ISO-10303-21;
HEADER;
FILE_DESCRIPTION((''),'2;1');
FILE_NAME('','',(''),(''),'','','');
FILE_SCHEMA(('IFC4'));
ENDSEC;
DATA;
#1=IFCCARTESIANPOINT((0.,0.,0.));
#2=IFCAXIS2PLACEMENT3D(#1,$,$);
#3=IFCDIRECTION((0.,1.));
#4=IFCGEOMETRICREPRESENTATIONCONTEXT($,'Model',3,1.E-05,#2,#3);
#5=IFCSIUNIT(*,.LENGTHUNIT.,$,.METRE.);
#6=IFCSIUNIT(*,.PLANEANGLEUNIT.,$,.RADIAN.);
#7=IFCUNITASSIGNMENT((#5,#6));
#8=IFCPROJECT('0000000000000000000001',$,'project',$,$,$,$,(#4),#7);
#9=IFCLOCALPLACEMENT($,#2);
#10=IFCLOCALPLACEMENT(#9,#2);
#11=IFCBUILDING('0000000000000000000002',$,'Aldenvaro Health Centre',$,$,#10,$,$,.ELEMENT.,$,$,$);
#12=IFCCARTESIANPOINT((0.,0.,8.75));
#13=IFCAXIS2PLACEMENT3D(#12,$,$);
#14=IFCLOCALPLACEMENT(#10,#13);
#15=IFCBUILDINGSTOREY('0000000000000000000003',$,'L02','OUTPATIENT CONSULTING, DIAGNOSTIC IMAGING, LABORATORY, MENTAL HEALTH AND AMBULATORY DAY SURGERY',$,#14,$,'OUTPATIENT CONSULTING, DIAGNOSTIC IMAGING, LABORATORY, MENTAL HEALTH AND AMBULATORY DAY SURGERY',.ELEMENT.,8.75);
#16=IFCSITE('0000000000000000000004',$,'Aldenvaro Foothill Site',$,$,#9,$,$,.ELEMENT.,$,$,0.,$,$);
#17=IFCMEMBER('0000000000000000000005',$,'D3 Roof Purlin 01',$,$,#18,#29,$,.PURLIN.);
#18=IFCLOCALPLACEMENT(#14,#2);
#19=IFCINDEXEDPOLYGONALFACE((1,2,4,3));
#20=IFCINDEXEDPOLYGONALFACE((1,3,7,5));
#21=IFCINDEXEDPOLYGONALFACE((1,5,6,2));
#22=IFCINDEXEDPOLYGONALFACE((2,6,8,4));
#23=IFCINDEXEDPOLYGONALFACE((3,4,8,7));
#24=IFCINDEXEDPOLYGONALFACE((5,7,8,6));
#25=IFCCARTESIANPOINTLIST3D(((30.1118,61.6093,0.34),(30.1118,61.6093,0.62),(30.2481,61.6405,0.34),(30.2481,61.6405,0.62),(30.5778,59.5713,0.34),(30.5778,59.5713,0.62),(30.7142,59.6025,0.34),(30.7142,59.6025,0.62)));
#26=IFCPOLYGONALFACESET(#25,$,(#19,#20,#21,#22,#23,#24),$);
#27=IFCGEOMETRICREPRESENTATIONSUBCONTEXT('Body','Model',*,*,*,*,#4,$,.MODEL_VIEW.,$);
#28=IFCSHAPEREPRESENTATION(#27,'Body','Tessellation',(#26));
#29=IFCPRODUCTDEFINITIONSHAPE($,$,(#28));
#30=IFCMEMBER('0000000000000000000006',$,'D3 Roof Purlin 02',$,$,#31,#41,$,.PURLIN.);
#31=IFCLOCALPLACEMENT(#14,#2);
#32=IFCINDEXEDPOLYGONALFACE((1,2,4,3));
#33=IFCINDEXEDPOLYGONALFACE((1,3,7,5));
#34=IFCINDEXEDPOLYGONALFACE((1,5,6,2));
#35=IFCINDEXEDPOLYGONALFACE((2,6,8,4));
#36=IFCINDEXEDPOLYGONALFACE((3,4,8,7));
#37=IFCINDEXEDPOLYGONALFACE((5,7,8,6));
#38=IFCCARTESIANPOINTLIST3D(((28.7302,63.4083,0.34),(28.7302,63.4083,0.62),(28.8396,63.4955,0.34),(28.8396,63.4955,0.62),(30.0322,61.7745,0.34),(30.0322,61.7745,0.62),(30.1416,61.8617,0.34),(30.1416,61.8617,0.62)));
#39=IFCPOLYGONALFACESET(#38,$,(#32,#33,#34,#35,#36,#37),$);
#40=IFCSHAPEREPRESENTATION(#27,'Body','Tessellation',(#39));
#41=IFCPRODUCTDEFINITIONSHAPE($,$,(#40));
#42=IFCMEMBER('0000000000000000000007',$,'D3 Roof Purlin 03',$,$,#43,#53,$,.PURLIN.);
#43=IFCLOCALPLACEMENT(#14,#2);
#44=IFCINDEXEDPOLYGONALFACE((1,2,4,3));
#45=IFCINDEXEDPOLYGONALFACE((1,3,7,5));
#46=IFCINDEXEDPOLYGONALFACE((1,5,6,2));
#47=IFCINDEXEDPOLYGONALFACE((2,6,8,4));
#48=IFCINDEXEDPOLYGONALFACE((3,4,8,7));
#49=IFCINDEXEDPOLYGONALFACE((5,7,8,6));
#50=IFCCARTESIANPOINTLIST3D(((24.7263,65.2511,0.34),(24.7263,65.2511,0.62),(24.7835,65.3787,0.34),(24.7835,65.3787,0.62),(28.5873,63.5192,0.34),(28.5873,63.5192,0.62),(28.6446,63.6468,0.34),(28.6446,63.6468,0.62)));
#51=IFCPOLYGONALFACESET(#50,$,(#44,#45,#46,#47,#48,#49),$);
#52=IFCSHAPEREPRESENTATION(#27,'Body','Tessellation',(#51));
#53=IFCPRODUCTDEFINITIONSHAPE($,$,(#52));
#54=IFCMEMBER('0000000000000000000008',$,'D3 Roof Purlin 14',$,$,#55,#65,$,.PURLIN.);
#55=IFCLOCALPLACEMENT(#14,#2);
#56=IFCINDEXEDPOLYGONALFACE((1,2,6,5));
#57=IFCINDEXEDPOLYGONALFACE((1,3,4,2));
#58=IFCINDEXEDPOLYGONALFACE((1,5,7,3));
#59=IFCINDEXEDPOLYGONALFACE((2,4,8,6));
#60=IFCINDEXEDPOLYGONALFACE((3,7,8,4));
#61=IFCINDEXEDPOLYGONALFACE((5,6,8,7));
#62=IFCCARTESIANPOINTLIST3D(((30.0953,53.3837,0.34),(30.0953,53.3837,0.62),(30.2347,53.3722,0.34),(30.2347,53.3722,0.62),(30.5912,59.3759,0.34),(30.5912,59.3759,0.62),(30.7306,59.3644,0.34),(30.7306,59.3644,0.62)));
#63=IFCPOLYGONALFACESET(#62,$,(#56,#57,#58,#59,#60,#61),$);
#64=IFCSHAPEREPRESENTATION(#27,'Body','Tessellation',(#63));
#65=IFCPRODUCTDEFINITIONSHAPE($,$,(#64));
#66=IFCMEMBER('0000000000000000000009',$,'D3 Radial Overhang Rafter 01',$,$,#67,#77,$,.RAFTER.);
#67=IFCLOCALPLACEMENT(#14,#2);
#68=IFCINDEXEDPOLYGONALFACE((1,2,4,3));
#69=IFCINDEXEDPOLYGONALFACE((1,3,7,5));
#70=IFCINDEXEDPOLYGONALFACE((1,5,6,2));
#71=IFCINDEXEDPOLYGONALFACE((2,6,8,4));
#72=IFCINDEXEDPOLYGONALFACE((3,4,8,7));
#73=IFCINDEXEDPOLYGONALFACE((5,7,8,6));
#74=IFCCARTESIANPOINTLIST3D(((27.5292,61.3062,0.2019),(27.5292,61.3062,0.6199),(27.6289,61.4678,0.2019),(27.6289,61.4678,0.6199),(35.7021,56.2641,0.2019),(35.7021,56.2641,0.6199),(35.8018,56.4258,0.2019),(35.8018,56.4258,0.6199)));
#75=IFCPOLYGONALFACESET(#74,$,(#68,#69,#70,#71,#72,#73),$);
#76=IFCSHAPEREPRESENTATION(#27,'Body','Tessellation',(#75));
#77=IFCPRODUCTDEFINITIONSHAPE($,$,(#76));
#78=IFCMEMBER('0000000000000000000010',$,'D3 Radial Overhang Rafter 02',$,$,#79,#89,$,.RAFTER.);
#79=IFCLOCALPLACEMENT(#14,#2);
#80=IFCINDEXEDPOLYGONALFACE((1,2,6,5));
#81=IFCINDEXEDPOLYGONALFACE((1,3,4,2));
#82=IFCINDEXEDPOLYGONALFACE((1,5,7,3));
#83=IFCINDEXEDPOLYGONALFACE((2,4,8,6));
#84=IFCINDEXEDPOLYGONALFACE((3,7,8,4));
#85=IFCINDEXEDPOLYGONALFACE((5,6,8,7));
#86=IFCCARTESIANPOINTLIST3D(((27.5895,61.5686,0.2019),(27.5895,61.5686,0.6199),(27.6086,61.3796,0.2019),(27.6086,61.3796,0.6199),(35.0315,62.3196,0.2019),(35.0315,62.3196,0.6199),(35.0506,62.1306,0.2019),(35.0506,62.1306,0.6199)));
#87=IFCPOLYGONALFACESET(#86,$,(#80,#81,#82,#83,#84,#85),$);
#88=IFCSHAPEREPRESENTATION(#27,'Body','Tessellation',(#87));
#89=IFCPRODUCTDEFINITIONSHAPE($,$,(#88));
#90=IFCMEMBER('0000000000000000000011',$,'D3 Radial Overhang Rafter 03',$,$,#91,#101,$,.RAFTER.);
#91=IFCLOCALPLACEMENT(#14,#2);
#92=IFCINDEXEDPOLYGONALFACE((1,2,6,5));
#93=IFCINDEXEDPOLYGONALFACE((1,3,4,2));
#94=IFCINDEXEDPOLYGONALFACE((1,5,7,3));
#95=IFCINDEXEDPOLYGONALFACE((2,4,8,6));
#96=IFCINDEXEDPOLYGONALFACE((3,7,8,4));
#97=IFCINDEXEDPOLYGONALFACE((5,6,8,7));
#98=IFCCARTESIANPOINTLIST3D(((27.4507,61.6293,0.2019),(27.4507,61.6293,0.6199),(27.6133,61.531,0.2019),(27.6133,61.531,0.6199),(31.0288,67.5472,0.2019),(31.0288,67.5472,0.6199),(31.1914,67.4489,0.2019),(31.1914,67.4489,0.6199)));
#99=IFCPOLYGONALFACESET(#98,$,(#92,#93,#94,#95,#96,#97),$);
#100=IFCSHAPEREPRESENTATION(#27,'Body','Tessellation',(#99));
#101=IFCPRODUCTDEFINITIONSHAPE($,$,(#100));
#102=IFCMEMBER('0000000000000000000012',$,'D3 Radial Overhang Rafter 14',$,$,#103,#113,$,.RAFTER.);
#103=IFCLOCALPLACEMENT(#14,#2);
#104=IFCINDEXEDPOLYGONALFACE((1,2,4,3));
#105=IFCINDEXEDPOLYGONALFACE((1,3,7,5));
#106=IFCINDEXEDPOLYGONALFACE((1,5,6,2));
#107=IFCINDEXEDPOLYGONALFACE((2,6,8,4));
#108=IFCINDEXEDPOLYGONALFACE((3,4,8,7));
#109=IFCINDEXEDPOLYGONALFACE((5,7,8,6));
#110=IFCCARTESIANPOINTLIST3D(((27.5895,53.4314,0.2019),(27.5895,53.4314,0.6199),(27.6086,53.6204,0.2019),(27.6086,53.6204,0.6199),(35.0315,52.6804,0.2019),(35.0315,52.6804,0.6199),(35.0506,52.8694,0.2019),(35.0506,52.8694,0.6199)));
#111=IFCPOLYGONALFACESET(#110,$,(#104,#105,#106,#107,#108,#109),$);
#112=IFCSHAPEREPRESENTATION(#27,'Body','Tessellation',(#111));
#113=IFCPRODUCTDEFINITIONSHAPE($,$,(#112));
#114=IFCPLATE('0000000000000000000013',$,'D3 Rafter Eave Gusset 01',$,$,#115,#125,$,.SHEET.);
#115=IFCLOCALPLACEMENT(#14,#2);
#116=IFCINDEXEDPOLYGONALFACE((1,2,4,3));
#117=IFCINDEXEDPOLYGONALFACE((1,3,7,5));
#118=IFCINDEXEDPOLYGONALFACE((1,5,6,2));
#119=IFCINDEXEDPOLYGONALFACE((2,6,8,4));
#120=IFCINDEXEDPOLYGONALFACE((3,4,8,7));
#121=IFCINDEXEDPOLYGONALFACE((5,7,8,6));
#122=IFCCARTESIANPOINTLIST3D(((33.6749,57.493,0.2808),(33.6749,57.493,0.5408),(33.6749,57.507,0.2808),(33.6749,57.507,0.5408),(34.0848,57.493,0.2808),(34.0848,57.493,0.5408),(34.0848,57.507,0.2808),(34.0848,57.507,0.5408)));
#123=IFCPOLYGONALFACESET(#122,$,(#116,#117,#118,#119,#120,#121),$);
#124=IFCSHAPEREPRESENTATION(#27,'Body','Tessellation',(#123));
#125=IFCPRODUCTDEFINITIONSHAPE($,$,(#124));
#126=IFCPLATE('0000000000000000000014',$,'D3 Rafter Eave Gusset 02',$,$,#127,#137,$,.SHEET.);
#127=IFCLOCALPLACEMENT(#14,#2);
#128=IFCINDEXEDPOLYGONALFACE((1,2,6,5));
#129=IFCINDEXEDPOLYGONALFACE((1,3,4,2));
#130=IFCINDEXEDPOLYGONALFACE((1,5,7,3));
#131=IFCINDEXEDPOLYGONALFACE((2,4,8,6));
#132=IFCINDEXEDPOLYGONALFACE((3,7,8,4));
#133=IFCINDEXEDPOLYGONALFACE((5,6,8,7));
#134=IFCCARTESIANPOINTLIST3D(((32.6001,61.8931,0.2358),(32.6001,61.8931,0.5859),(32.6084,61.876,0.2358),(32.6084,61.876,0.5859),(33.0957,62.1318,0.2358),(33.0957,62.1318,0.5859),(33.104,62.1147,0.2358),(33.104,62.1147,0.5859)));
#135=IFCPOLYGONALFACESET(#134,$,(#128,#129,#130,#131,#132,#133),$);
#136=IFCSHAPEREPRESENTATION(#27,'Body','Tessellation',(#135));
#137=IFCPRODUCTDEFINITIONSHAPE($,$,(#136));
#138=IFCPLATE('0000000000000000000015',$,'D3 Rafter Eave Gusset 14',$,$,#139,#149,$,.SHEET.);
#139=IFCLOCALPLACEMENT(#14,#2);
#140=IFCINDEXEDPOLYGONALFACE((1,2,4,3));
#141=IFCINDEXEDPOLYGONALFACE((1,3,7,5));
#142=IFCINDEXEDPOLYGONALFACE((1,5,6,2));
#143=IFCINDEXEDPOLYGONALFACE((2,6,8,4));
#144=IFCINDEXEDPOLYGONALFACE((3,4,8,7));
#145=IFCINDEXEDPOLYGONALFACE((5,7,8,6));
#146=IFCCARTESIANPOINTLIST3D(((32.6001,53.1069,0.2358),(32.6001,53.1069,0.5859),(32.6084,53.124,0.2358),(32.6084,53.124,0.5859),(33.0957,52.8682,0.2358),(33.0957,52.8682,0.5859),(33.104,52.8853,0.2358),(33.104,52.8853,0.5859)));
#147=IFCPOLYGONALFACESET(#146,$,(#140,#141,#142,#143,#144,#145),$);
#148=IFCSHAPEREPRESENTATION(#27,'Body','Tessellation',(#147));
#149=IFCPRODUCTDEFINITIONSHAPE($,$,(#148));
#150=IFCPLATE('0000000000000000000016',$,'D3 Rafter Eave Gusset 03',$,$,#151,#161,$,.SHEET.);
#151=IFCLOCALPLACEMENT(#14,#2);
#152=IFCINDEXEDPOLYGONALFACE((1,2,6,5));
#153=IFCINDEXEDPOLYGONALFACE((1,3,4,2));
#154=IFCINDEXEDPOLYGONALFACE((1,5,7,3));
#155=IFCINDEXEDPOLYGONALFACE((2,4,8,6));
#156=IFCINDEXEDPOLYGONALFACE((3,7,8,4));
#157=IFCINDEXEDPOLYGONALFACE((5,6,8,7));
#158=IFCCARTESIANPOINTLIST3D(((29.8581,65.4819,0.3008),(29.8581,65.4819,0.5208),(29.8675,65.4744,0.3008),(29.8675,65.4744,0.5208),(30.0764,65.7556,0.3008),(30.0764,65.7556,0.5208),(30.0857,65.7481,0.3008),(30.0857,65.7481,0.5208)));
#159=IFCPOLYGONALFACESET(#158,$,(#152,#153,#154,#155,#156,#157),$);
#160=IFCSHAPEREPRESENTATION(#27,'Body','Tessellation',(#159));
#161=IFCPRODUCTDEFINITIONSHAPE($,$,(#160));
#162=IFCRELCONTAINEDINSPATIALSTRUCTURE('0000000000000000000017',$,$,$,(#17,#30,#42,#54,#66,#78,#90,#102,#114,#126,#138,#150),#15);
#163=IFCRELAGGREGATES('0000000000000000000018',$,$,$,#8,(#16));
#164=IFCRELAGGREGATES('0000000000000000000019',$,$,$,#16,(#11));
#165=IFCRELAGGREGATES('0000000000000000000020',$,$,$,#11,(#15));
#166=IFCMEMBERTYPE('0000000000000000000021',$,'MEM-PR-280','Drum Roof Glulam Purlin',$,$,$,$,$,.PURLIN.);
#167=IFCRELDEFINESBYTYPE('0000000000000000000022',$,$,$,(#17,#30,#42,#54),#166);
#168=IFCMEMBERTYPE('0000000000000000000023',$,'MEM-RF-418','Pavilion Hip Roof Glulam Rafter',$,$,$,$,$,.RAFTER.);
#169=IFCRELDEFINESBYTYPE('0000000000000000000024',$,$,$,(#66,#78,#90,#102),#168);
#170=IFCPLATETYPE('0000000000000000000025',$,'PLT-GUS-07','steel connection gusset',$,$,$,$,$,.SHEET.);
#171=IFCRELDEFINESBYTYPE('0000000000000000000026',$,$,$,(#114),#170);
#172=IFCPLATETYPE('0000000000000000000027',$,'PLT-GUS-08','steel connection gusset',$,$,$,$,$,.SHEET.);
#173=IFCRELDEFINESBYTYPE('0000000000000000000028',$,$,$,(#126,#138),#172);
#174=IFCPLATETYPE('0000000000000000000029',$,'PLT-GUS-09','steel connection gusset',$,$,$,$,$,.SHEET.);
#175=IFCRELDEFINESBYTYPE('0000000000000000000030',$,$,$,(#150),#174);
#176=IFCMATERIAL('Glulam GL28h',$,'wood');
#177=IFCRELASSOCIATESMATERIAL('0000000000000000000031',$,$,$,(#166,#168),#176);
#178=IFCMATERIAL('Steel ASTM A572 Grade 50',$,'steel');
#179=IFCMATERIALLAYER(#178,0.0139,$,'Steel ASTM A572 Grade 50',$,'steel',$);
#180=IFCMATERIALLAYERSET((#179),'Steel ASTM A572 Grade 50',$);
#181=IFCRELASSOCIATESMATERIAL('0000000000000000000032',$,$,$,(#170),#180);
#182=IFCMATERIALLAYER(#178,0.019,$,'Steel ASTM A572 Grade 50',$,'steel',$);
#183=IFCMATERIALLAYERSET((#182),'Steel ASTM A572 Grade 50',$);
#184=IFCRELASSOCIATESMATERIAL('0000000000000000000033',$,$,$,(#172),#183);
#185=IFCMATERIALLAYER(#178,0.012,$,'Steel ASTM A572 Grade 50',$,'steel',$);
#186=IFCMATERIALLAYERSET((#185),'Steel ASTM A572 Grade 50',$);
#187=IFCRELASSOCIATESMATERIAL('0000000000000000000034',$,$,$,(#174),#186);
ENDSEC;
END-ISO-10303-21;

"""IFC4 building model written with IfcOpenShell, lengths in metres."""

from ifc_helpers import new_model, si_unit, direction, frame, origin, origin_2d, place, context, subcontext, project, spatial, rectangle, extrude, material, layer, layer_set, material_profile, profile_set, type_object, element, save


model = new_model("IFC4")

# Units and contexts
model_context = context("Model", 3, precision=1e-05, world=origin(), true_north=direction((0.0, 1.0)))
body_context = subcontext(model_context, "Body", "Model", "MODEL_VIEW")
ifc_project = project(units=[si_unit("LENGTHUNIT", "METRE"), si_unit("PLANEANGLEUNIT", "RADIAN")], contexts=[model_context])

# Site, building, storey
site_placement = place(None, origin())
site = spatial("IfcSite", under=ifc_project, at=site_placement, Name="Aldenvaro Foothill Site", CompositionType="ELEMENT", RefElevation=0.0)
building_placement = place(site_placement, origin())
building = spatial("IfcBuilding", under=site, at=building_placement, Name="Aldenvaro Health Centre", CompositionType="ELEMENT")
storey_placement = place(building_placement, frame((0.0, 0.0, 8.75)))
storey = spatial("IfcBuildingStorey", under=building, at=storey_placement, Name="L02", Description="OUTPATIENT CONSULTING, DIAGNOSTIC IMAGING, LABORATORY, MENTAL HEALTH AND AMBULATORY DAY SURGERY", LongName="OUTPATIENT CONSULTING, DIAGNOSTIC IMAGING, LABORATORY, MENTAL HEALTH AND AMBULATORY DAY SURGERY", CompositionType="ELEMENT", Elevation=8.75)

# Shared definitions
ifc_material_1 = material(Name="Glulam GL28h", Category="wood")

# Members
ifc_material_profile_1 = material_profile(ifc_material_1, rectangle(XDim=0.1399, YDim=0.28, at=origin_2d()), Name="GL 140x280", Category="wood")
ifc_profile_set_1 = profile_set([ifc_material_profile_1], Name="Glulam GL28h")
member_type_1 = type_object("IfcMemberType", Name="MEM-PR-280", Description="Drum Roof Glulam Purlin", PredefinedType="PURLIN", material=ifc_profile_set_1)
member_1_placement = place(storey_placement, frame((30.646, 59.5869, 0.48), z_axis=(-0.222923, 0.974836, 0.0), x_axis=(-0.974836, -0.222923, 0.0)))
element("IfcMember", 1, at=member_1_placement, inside=storey, type_object=member_type_1, Name="D3 Roof Purlin 01", PredefinedType="PURLIN", context=body_context, shape_type="SweptSolid", body=[
    extrude(rectangle(XDim=0.1399, YDim=0.28, at=origin_2d()), origin(), (0.0, 0.0, 1.0), 2.0906),
])
member_2_placement = place(storey_placement, frame((30.0869, 61.8181, 0.48), z_axis=(-0.623226, 0.782042, 0.0), x_axis=(-0.782042, -0.623226, 0.0)))
element("IfcMember", 2, at=member_2_placement, inside=storey, type_object=member_type_1, Name="D3 Roof Purlin 02", PredefinedType="PURLIN", context=body_context, shape_type="SweptSolid", body=[
    extrude(rectangle(XDim=0.1399, YDim=0.28, at=origin_2d()), origin(), (0.0, 0.0, 1.0), 2.0891),
])
member_3_placement = place(storey_placement, frame((28.616, 63.583, 0.48), z_axis=(-0.912412, 0.409273, 0.0), x_axis=(-0.409273, -0.912412, 0.0)))
element("IfcMember", 3, at=member_3_placement, inside=storey, type_object=member_type_1, Name="D3 Roof Purlin 03", PredefinedType="PURLIN", context=body_context, shape_type="SweptSolid", body=[
    extrude(rectangle(XDim=0.1399, YDim=0.28, at=origin_2d()), origin(), (0.0, 0.0, 1.0), 4.2317),
])
member_4_placement = place(storey_placement, frame((30.165, 53.3779, 0.48), z_axis=(0.082467, 0.996594, 0.0), x_axis=(-0.996594, 0.082467, 0.0)))
element("IfcMember", 4, at=member_4_placement, inside=storey, type_object=member_type_1, Name="D3 Roof Purlin 14", PredefinedType="PURLIN", context=body_context, shape_type="SweptSolid", body=[
    extrude(rectangle(XDim=0.1399, YDim=0.28, at=origin_2d()), origin(), (0.0, 0.0, 1.0), 6.0127),
])
ifc_material_profile_2 = material_profile(ifc_material_1, rectangle(XDim=0.1899, YDim=0.418, at=origin_2d()), Name="GL 190x418", Category="wood")
ifc_profile_set_2 = profile_set([ifc_material_profile_2], Name="Glulam GL28h")
member_type_2 = type_object("IfcMemberType", Name="MEM-RF-418", Description="Pavilion Hip Roof Glulam Rafter", PredefinedType="RAFTER", material=ifc_profile_set_2)
member_5_placement = place(storey_placement, frame((35.752, 56.345, 0.4109), z_axis=(-0.851075, 0.525045, 0.0), x_axis=(-0.525045, -0.851075, 0.0)))
element("IfcMember", 5, at=member_5_placement, inside=storey, type_object=member_type_2, Name="D3 Radial Overhang Rafter 01", PredefinedType="RAFTER", context=body_context, shape_type="SweptSolid", body=[
    extrude(rectangle(XDim=0.1899, YDim=0.418, at=origin_2d()), origin(), (0.0, 0.0, 1.0), 9.603),
])
member_6_placement = place(storey_placement, frame((35.041, 62.2251, 0.4109), z_axis=(-0.994947, -0.100402, 0.0), x_axis=(0.100402, -0.994947, 0.0)))
element("IfcMember", 6, at=member_6_placement, inside=storey, type_object=member_type_2, Name="D3 Radial Overhang Rafter 02", PredefinedType="RAFTER", context=body_context, shape_type="SweptSolid", body=[
    extrude(rectangle(XDim=0.1899, YDim=0.418, at=origin_2d()), origin(), (0.0, 0.0, 1.0), 7.4797),
])
member_7_placement = place(storey_placement, frame((31.1101, 67.498, 0.4109), z_axis=(-0.5174, -0.855744, 0.0), x_axis=(0.855744, -0.5174, 0.0)))
element("IfcMember", 7, at=member_7_placement, inside=storey, type_object=member_type_2, Name="D3 Radial Overhang Rafter 03", PredefinedType="RAFTER", context=body_context, shape_type="SweptSolid", body=[
    extrude(rectangle(XDim=0.1899, YDim=0.418, at=origin_2d()), origin(), (0.0, 0.0, 1.0), 6.9155),
])
member_8_placement = place(storey_placement, frame((35.041, 52.7749, 0.4109), z_axis=(-0.994947, 0.100402, 0.0), x_axis=(-0.100402, -0.994947, 0.0)))
element("IfcMember", 8, at=member_8_placement, inside=storey, type_object=member_type_2, Name="D3 Radial Overhang Rafter 14", PredefinedType="RAFTER", context=body_context, shape_type="SweptSolid", body=[
    extrude(rectangle(XDim=0.1899, YDim=0.418, at=origin_2d()), origin(), (0.0, 0.0, 1.0), 7.4797),
])

# Plates
ifc_material_2 = material(Name="Steel ASTM A572 Grade 50", Category="steel")
ifc_layer_1 = layer(ifc_material_2, 0.0139, Name="Steel ASTM A572 Grade 50", Category="steel")
ifc_layer_set_1 = layer_set([ifc_layer_1], Name="Steel ASTM A572 Grade 50")
plate_type_1 = type_object("IfcPlateType", Name="PLT-GUS-07", Description="steel connection gusset", PredefinedType="SHEET", material=ifc_layer_set_1)
plate_1_placement = place(storey_placement, frame((33.8799, 57.5, 0.2808), z_axis=(0.0, 0.0, 1.0), x_axis=(1.0, 0.0, 0.0)))
element("IfcPlate", 9, at=plate_1_placement, inside=storey, type_object=plate_type_1, Name="D3 Rafter Eave Gusset 01", PredefinedType="SHEET", context=body_context, shape_type="SweptSolid", body=[
    extrude(rectangle(XDim=0.4099, YDim=0.0139, at=origin_2d()), origin(), (0.0, 0.0, 1.0), 0.26),
])
ifc_layer_2 = layer(ifc_material_2, 0.019, Name="Steel ASTM A572 Grade 50", Category="steel")
ifc_layer_set_2 = layer_set([ifc_layer_2], Name="Steel ASTM A572 Grade 50")
plate_type_2 = type_object("IfcPlateType", Name="PLT-GUS-08", Description="steel connection gusset", PredefinedType="SHEET", material=ifc_layer_set_2)
for number, where, z_axis, x_axis, name in (
    (10, (32.8521, 62.0039, 0.2358), (0.0, 0.0, 1.0), (0.900957, 0.433908, 0.0), "D3 Rafter Eave Gusset 02"),
    (11, (32.8521, 52.9961, 0.2358), (0.0, 0.0, 1.0), (0.900957, -0.433908, 0.0), "D3 Rafter Eave Gusset 14"),
):
    element("IfcPlate", number, at=place(storey_placement, frame(where, z_axis=z_axis, x_axis=x_axis)), inside=storey, type_object=plate_type_2, Name=name, PredefinedType="SHEET", context=body_context, shape_type="SweptSolid", body=[
        extrude(rectangle(XDim=0.55, YDim=0.019, at=origin_2d()), origin(), (0.0, 0.0, 1.0), 0.3501),
    ])
ifc_layer_3 = layer(ifc_material_2, 0.012, Name="Steel ASTM A572 Grade 50", Category="steel")
ifc_layer_set_3 = layer_set([ifc_layer_3], Name="Steel ASTM A572 Grade 50")
plate_type_3 = type_object("IfcPlateType", Name="PLT-GUS-09", Description="steel connection gusset", PredefinedType="SHEET", material=ifc_layer_set_3)
plate_2_placement = place(storey_placement, frame((29.9719, 65.615, 0.3008), z_axis=(0.0, 0.0, 1.0), x_axis=(0.623519, 0.781808, 0.0)))
element("IfcPlate", 12, at=plate_2_placement, inside=storey, type_object=plate_type_3, Name="D3 Rafter Eave Gusset 03", PredefinedType="SHEET", context=body_context, shape_type="SweptSolid", body=[
    extrude(rectangle(XDim=0.3501, YDim=0.012, at=origin_2d()), origin(), (0.0, 0.0, 1.0), 0.22),
])

save(model, "model.ifc")
